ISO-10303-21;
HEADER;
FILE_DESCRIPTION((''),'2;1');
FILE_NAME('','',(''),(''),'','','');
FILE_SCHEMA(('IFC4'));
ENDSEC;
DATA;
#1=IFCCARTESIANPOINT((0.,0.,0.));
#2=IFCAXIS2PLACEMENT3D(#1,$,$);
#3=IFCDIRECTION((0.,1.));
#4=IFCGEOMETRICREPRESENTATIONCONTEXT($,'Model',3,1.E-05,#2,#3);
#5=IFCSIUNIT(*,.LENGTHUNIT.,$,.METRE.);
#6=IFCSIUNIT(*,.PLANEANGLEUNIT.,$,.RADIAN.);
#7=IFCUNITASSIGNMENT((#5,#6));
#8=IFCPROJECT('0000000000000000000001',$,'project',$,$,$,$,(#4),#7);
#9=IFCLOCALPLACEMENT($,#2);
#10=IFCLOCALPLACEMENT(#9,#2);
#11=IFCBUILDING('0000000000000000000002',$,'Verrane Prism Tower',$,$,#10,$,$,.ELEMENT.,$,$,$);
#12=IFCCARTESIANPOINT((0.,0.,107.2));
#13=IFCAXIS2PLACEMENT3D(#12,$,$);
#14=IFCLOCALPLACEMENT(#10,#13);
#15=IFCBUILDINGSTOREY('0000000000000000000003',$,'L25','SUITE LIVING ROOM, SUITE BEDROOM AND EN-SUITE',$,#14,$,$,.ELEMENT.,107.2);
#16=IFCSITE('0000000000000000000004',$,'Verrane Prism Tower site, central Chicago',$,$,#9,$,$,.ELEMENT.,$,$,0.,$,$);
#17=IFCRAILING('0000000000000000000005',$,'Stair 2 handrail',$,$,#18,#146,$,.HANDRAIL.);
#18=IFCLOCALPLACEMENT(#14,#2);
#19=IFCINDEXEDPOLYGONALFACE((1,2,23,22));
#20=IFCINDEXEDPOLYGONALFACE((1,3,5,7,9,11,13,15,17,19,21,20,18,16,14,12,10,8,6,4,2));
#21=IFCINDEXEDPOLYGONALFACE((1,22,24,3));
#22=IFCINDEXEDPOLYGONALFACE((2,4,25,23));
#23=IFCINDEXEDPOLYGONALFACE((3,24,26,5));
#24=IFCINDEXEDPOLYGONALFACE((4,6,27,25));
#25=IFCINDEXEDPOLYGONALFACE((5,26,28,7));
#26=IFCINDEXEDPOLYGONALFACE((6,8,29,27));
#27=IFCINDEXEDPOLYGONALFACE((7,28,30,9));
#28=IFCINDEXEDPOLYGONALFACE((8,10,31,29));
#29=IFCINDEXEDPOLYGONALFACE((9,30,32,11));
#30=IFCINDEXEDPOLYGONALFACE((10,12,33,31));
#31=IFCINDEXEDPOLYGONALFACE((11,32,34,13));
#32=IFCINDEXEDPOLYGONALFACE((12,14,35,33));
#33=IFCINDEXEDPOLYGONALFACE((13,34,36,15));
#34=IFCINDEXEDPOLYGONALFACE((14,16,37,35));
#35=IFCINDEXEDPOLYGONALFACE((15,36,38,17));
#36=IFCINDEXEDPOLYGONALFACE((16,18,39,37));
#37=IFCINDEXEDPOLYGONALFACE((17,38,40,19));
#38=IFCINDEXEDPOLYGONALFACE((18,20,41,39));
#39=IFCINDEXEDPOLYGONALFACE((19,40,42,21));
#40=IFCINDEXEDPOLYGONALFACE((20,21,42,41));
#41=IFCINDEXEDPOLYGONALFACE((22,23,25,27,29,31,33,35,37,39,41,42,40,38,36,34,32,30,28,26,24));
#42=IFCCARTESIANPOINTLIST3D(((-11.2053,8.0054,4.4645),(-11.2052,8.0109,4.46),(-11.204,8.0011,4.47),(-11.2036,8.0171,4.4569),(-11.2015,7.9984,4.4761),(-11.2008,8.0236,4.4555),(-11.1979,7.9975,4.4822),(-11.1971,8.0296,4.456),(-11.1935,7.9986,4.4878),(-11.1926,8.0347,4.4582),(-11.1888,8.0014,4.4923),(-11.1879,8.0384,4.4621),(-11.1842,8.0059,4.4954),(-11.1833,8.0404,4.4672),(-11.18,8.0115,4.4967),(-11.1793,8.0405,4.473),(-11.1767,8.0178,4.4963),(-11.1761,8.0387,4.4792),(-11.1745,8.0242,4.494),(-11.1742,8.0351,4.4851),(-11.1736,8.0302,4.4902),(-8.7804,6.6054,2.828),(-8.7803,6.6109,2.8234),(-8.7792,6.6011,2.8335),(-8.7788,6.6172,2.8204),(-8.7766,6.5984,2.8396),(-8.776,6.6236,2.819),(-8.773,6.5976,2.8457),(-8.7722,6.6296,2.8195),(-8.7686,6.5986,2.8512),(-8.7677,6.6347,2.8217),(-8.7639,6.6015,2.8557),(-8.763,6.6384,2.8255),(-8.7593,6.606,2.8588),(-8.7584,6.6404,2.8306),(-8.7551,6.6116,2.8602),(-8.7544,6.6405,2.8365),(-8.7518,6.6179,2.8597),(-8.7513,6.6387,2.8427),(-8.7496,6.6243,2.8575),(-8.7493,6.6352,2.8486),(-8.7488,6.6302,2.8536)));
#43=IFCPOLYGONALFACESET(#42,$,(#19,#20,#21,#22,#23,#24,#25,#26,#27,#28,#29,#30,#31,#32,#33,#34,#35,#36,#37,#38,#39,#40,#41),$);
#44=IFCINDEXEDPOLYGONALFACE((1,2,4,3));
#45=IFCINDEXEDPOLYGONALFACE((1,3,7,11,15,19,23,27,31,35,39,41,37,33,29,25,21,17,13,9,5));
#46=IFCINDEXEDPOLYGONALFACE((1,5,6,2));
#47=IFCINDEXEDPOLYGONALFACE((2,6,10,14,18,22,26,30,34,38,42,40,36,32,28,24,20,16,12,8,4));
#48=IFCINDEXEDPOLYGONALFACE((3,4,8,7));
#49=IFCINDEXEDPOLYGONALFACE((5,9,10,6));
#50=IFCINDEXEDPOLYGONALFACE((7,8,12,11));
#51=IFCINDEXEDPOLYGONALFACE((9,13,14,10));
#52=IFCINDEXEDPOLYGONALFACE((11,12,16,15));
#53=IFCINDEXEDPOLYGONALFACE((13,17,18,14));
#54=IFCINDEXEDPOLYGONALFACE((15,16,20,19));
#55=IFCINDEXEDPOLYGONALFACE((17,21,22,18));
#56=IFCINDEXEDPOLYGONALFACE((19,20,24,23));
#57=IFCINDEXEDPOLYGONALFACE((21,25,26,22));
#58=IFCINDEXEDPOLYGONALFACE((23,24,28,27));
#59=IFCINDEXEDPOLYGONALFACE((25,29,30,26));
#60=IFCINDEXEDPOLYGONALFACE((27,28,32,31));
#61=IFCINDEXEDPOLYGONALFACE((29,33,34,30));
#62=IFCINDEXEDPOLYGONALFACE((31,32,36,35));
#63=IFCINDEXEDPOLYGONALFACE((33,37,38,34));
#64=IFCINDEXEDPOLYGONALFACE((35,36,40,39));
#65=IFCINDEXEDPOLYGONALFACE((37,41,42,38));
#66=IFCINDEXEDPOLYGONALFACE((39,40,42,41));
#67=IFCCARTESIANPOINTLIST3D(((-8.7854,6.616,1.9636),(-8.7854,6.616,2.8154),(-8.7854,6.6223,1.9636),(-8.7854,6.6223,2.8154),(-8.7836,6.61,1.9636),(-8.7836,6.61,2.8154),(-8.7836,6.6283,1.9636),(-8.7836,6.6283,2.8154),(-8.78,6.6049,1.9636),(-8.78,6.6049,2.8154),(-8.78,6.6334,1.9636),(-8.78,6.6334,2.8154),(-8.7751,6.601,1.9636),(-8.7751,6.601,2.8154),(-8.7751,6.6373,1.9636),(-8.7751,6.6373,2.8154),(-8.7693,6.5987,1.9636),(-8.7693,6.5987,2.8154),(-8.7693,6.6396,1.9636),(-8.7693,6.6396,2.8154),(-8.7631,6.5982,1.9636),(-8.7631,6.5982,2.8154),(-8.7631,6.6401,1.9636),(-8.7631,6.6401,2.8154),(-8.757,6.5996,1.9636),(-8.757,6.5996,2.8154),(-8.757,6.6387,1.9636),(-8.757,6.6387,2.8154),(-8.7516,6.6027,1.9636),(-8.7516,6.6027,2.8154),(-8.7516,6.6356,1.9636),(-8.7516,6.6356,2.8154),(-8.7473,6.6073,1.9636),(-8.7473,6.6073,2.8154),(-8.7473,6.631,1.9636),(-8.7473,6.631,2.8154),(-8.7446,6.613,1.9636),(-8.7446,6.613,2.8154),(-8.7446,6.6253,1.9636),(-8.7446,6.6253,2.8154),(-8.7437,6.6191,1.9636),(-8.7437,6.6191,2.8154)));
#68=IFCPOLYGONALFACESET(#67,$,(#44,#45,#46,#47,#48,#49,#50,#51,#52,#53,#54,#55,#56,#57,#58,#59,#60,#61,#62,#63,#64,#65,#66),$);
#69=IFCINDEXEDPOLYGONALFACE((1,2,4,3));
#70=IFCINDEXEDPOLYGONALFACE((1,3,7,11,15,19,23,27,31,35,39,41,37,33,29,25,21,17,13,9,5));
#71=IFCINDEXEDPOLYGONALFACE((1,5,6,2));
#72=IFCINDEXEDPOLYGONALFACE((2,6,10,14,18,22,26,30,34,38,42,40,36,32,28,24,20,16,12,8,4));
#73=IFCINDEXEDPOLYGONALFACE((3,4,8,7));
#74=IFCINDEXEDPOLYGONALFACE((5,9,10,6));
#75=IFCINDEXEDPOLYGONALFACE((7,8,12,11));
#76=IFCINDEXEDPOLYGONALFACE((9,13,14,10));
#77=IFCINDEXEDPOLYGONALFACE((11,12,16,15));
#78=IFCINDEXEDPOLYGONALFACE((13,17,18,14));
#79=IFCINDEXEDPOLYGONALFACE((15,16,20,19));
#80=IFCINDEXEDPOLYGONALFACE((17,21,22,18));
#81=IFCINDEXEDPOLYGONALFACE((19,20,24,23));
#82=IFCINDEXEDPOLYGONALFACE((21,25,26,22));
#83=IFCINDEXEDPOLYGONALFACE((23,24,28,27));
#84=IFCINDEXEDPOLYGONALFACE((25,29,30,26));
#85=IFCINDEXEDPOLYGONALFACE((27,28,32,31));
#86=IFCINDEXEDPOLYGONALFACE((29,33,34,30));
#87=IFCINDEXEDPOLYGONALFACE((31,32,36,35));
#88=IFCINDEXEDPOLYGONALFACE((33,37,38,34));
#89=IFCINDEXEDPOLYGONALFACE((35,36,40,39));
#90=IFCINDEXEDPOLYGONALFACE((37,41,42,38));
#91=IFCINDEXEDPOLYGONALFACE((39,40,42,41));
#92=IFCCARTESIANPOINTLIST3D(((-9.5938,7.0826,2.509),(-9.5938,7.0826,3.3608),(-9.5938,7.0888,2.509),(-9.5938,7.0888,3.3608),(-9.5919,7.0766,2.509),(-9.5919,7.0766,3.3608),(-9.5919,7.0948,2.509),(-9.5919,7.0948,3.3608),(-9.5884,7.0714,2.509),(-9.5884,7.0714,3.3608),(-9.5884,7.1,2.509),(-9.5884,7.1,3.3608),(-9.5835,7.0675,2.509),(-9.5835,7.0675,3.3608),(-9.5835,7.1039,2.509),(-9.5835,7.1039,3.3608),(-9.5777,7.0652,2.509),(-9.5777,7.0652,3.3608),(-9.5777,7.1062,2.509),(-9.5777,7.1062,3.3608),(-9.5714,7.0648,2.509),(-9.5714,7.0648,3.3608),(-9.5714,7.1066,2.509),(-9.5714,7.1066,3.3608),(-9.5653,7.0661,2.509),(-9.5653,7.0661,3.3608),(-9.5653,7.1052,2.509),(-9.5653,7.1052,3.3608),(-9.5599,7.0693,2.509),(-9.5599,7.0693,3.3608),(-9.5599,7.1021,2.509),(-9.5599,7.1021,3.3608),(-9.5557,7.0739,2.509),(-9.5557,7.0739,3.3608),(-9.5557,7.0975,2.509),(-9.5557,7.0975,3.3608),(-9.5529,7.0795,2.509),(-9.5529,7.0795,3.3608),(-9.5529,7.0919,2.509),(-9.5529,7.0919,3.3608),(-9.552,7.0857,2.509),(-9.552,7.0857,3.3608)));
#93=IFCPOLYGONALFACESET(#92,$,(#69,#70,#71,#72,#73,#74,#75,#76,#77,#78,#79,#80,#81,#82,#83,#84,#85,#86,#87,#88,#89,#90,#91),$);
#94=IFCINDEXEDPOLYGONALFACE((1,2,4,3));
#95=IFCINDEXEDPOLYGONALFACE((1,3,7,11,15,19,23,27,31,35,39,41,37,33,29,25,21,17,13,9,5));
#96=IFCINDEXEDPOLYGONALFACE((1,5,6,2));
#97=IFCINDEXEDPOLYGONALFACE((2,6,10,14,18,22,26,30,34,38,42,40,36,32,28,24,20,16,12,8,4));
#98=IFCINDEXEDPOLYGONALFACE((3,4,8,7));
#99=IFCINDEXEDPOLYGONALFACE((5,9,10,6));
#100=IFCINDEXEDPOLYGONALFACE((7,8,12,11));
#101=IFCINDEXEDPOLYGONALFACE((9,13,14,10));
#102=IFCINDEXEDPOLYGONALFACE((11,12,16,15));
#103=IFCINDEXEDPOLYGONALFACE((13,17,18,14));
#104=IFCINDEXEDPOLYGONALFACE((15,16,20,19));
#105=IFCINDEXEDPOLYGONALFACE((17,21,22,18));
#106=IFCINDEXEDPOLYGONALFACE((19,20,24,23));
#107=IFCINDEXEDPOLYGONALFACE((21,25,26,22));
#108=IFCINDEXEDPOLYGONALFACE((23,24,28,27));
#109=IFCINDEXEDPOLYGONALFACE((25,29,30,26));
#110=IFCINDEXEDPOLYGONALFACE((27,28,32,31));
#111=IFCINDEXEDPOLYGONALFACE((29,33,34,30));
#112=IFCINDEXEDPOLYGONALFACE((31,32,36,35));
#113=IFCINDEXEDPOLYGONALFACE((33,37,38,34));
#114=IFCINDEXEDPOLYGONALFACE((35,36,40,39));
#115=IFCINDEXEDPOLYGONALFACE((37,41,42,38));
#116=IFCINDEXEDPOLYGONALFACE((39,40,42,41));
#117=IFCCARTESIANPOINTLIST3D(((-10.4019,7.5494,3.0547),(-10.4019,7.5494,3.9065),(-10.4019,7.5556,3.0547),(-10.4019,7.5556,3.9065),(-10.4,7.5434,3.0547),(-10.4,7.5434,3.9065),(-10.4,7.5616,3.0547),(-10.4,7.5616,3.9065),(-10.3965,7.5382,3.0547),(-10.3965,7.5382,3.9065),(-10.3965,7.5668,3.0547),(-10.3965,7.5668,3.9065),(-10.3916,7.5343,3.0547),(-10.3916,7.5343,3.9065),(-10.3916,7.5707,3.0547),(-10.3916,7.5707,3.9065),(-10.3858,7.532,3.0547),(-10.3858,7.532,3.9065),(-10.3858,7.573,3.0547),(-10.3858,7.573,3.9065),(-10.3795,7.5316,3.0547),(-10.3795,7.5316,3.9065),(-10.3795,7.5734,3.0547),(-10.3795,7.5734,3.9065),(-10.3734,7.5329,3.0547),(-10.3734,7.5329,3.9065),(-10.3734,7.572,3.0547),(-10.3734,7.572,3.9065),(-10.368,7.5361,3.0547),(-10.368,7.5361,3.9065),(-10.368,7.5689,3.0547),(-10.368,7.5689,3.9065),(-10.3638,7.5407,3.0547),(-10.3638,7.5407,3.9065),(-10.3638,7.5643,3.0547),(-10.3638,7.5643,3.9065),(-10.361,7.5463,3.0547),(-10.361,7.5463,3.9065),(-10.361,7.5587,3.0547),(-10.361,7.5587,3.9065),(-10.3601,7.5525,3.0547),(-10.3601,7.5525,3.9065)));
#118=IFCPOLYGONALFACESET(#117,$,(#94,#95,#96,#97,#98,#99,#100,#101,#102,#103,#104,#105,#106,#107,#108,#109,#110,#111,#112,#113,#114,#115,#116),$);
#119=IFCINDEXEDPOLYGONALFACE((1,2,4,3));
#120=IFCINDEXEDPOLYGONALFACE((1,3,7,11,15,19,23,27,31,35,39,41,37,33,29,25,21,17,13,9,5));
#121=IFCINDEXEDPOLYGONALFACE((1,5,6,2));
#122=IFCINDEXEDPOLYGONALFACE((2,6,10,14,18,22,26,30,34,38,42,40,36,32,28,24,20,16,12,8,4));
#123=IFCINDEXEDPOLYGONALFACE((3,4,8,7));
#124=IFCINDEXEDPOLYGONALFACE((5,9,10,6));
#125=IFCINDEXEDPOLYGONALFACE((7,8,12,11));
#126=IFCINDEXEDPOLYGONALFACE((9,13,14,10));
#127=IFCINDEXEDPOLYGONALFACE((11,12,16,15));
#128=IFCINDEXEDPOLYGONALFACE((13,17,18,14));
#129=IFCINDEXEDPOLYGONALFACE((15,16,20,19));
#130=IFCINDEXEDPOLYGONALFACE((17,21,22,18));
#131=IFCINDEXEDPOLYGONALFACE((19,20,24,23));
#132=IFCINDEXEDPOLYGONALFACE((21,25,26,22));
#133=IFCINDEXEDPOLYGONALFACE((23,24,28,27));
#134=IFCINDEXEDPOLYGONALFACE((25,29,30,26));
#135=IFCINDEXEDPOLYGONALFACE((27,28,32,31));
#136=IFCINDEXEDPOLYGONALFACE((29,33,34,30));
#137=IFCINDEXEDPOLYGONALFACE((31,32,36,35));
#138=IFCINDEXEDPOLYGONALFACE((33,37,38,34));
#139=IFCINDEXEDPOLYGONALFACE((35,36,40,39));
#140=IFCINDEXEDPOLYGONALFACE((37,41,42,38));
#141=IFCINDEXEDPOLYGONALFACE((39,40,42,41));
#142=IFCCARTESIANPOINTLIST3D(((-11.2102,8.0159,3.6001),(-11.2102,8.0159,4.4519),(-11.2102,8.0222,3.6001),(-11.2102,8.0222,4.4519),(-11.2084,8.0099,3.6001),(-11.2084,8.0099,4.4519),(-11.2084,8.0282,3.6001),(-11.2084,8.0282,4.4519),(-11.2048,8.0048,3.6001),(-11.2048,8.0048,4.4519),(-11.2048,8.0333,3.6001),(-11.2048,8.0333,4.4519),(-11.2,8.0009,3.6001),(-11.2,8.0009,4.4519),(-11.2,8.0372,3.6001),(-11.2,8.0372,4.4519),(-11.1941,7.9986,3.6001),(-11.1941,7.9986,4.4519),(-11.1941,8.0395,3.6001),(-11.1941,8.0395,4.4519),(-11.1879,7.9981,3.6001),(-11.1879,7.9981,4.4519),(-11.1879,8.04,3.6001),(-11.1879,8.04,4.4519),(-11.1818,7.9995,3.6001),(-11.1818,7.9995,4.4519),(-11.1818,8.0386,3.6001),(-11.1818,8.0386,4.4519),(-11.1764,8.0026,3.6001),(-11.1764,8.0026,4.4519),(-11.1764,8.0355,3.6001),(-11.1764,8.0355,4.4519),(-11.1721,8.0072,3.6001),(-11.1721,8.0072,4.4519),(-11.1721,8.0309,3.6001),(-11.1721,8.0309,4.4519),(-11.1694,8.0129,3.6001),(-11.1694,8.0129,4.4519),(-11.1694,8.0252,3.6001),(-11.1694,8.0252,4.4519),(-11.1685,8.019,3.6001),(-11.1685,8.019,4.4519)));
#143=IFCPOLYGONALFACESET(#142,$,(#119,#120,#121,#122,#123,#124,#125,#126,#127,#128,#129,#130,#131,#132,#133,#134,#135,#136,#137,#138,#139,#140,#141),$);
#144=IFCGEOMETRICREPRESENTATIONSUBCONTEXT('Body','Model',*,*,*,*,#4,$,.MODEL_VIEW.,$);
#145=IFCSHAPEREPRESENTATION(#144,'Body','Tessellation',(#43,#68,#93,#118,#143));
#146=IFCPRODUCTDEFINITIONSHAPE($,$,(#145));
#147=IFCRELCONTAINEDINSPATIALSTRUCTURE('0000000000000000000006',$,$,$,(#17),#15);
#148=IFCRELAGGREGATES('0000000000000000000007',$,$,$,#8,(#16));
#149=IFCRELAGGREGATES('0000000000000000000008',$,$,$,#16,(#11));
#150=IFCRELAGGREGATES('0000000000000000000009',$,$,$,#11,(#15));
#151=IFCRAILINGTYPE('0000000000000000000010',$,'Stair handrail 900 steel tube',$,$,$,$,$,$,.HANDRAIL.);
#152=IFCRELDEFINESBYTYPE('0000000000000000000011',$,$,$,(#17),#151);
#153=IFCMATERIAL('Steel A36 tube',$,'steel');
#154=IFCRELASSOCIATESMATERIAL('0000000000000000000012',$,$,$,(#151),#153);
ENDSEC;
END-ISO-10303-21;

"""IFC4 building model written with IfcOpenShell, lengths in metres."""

from ifc_helpers import new_model, si_unit, direction, frame, origin, origin_2d, place, context, subcontext, project, spatial, circle, extrude, material, type_object, element, save


model = new_model("IFC4")

# Units and contexts
model_context = context("Model", 3, precision=1e-05, world=origin(), true_north=direction((0.0, 1.0)))
body_context = subcontext(model_context, "Body", "Model", "MODEL_VIEW")
ifc_project = project(units=[si_unit("LENGTHUNIT", "METRE"), si_unit("PLANEANGLEUNIT", "RADIAN")], contexts=[model_context])

# Site, building, storey
site_placement = place(None, origin())
site = spatial("IfcSite", under=ifc_project, at=site_placement, Name="Verrane Prism Tower site, central Chicago", CompositionType="ELEMENT", RefElevation=0.0)
building_placement = place(site_placement, origin())
building = spatial("IfcBuilding", under=site, at=building_placement, Name="Verrane Prism Tower", CompositionType="ELEMENT")
storey_placement = place(building_placement, frame((0.0, 0.0, 107.2)))
storey = spatial("IfcBuildingStorey", under=building, at=storey_placement, Name="L25", Description="SUITE LIVING ROOM, SUITE BEDROOM AND EN-SUITE", CompositionType="ELEMENT", Elevation=107.2)

# Railing
ifc_material_1 = material(Name="Steel A36 tube", Category="steel")
railing_type_1 = type_object("IfcRailingType", Name="Stair handrail 900 steel tube", PredefinedType="HANDRAIL", material=ifc_material_1)
railing_1_placement = place(storey_placement, frame((-8.7646, 6.6191, 1.9636)))
element("IfcRailing", 1, at=railing_1_placement, inside=storey, type_object=railing_type_1, Name="Stair 2 handrail", PredefinedType="HANDRAIL", context=body_context, shape_type="SweptSolid", body=[
    extrude(circle(Radius=0.0239, at=origin_2d()), frame((0.0, 0.0, 0.876), z_axis=(-0.74769, 0.431661, 0.504608), x_axis=(-0.499984, -0.866035, 0.0)), (0.0, 0.0, 1.0), 3.2432),
    extrude(circle(Radius=0.021, at=origin_2d()), origin(), (0.0, 0.0, 1.0), 0.8518),
    extrude(circle(Radius=0.021, at=origin_2d()), frame((-0.8083, 0.4666, 0.5454)), (0.0, 0.0, 1.0), 0.8518),
    extrude(circle(Radius=0.021, at=origin_2d()), frame((-1.6165, 0.9333, 1.0911)), (0.0, 0.0, 1.0), 0.8518),
    extrude(circle(Radius=0.021, at=origin_2d()), frame((-2.4248, 1.3999, 1.6365)), (0.0, 0.0, 1.0), 0.8518),
])

save(model, "model.ifc")
